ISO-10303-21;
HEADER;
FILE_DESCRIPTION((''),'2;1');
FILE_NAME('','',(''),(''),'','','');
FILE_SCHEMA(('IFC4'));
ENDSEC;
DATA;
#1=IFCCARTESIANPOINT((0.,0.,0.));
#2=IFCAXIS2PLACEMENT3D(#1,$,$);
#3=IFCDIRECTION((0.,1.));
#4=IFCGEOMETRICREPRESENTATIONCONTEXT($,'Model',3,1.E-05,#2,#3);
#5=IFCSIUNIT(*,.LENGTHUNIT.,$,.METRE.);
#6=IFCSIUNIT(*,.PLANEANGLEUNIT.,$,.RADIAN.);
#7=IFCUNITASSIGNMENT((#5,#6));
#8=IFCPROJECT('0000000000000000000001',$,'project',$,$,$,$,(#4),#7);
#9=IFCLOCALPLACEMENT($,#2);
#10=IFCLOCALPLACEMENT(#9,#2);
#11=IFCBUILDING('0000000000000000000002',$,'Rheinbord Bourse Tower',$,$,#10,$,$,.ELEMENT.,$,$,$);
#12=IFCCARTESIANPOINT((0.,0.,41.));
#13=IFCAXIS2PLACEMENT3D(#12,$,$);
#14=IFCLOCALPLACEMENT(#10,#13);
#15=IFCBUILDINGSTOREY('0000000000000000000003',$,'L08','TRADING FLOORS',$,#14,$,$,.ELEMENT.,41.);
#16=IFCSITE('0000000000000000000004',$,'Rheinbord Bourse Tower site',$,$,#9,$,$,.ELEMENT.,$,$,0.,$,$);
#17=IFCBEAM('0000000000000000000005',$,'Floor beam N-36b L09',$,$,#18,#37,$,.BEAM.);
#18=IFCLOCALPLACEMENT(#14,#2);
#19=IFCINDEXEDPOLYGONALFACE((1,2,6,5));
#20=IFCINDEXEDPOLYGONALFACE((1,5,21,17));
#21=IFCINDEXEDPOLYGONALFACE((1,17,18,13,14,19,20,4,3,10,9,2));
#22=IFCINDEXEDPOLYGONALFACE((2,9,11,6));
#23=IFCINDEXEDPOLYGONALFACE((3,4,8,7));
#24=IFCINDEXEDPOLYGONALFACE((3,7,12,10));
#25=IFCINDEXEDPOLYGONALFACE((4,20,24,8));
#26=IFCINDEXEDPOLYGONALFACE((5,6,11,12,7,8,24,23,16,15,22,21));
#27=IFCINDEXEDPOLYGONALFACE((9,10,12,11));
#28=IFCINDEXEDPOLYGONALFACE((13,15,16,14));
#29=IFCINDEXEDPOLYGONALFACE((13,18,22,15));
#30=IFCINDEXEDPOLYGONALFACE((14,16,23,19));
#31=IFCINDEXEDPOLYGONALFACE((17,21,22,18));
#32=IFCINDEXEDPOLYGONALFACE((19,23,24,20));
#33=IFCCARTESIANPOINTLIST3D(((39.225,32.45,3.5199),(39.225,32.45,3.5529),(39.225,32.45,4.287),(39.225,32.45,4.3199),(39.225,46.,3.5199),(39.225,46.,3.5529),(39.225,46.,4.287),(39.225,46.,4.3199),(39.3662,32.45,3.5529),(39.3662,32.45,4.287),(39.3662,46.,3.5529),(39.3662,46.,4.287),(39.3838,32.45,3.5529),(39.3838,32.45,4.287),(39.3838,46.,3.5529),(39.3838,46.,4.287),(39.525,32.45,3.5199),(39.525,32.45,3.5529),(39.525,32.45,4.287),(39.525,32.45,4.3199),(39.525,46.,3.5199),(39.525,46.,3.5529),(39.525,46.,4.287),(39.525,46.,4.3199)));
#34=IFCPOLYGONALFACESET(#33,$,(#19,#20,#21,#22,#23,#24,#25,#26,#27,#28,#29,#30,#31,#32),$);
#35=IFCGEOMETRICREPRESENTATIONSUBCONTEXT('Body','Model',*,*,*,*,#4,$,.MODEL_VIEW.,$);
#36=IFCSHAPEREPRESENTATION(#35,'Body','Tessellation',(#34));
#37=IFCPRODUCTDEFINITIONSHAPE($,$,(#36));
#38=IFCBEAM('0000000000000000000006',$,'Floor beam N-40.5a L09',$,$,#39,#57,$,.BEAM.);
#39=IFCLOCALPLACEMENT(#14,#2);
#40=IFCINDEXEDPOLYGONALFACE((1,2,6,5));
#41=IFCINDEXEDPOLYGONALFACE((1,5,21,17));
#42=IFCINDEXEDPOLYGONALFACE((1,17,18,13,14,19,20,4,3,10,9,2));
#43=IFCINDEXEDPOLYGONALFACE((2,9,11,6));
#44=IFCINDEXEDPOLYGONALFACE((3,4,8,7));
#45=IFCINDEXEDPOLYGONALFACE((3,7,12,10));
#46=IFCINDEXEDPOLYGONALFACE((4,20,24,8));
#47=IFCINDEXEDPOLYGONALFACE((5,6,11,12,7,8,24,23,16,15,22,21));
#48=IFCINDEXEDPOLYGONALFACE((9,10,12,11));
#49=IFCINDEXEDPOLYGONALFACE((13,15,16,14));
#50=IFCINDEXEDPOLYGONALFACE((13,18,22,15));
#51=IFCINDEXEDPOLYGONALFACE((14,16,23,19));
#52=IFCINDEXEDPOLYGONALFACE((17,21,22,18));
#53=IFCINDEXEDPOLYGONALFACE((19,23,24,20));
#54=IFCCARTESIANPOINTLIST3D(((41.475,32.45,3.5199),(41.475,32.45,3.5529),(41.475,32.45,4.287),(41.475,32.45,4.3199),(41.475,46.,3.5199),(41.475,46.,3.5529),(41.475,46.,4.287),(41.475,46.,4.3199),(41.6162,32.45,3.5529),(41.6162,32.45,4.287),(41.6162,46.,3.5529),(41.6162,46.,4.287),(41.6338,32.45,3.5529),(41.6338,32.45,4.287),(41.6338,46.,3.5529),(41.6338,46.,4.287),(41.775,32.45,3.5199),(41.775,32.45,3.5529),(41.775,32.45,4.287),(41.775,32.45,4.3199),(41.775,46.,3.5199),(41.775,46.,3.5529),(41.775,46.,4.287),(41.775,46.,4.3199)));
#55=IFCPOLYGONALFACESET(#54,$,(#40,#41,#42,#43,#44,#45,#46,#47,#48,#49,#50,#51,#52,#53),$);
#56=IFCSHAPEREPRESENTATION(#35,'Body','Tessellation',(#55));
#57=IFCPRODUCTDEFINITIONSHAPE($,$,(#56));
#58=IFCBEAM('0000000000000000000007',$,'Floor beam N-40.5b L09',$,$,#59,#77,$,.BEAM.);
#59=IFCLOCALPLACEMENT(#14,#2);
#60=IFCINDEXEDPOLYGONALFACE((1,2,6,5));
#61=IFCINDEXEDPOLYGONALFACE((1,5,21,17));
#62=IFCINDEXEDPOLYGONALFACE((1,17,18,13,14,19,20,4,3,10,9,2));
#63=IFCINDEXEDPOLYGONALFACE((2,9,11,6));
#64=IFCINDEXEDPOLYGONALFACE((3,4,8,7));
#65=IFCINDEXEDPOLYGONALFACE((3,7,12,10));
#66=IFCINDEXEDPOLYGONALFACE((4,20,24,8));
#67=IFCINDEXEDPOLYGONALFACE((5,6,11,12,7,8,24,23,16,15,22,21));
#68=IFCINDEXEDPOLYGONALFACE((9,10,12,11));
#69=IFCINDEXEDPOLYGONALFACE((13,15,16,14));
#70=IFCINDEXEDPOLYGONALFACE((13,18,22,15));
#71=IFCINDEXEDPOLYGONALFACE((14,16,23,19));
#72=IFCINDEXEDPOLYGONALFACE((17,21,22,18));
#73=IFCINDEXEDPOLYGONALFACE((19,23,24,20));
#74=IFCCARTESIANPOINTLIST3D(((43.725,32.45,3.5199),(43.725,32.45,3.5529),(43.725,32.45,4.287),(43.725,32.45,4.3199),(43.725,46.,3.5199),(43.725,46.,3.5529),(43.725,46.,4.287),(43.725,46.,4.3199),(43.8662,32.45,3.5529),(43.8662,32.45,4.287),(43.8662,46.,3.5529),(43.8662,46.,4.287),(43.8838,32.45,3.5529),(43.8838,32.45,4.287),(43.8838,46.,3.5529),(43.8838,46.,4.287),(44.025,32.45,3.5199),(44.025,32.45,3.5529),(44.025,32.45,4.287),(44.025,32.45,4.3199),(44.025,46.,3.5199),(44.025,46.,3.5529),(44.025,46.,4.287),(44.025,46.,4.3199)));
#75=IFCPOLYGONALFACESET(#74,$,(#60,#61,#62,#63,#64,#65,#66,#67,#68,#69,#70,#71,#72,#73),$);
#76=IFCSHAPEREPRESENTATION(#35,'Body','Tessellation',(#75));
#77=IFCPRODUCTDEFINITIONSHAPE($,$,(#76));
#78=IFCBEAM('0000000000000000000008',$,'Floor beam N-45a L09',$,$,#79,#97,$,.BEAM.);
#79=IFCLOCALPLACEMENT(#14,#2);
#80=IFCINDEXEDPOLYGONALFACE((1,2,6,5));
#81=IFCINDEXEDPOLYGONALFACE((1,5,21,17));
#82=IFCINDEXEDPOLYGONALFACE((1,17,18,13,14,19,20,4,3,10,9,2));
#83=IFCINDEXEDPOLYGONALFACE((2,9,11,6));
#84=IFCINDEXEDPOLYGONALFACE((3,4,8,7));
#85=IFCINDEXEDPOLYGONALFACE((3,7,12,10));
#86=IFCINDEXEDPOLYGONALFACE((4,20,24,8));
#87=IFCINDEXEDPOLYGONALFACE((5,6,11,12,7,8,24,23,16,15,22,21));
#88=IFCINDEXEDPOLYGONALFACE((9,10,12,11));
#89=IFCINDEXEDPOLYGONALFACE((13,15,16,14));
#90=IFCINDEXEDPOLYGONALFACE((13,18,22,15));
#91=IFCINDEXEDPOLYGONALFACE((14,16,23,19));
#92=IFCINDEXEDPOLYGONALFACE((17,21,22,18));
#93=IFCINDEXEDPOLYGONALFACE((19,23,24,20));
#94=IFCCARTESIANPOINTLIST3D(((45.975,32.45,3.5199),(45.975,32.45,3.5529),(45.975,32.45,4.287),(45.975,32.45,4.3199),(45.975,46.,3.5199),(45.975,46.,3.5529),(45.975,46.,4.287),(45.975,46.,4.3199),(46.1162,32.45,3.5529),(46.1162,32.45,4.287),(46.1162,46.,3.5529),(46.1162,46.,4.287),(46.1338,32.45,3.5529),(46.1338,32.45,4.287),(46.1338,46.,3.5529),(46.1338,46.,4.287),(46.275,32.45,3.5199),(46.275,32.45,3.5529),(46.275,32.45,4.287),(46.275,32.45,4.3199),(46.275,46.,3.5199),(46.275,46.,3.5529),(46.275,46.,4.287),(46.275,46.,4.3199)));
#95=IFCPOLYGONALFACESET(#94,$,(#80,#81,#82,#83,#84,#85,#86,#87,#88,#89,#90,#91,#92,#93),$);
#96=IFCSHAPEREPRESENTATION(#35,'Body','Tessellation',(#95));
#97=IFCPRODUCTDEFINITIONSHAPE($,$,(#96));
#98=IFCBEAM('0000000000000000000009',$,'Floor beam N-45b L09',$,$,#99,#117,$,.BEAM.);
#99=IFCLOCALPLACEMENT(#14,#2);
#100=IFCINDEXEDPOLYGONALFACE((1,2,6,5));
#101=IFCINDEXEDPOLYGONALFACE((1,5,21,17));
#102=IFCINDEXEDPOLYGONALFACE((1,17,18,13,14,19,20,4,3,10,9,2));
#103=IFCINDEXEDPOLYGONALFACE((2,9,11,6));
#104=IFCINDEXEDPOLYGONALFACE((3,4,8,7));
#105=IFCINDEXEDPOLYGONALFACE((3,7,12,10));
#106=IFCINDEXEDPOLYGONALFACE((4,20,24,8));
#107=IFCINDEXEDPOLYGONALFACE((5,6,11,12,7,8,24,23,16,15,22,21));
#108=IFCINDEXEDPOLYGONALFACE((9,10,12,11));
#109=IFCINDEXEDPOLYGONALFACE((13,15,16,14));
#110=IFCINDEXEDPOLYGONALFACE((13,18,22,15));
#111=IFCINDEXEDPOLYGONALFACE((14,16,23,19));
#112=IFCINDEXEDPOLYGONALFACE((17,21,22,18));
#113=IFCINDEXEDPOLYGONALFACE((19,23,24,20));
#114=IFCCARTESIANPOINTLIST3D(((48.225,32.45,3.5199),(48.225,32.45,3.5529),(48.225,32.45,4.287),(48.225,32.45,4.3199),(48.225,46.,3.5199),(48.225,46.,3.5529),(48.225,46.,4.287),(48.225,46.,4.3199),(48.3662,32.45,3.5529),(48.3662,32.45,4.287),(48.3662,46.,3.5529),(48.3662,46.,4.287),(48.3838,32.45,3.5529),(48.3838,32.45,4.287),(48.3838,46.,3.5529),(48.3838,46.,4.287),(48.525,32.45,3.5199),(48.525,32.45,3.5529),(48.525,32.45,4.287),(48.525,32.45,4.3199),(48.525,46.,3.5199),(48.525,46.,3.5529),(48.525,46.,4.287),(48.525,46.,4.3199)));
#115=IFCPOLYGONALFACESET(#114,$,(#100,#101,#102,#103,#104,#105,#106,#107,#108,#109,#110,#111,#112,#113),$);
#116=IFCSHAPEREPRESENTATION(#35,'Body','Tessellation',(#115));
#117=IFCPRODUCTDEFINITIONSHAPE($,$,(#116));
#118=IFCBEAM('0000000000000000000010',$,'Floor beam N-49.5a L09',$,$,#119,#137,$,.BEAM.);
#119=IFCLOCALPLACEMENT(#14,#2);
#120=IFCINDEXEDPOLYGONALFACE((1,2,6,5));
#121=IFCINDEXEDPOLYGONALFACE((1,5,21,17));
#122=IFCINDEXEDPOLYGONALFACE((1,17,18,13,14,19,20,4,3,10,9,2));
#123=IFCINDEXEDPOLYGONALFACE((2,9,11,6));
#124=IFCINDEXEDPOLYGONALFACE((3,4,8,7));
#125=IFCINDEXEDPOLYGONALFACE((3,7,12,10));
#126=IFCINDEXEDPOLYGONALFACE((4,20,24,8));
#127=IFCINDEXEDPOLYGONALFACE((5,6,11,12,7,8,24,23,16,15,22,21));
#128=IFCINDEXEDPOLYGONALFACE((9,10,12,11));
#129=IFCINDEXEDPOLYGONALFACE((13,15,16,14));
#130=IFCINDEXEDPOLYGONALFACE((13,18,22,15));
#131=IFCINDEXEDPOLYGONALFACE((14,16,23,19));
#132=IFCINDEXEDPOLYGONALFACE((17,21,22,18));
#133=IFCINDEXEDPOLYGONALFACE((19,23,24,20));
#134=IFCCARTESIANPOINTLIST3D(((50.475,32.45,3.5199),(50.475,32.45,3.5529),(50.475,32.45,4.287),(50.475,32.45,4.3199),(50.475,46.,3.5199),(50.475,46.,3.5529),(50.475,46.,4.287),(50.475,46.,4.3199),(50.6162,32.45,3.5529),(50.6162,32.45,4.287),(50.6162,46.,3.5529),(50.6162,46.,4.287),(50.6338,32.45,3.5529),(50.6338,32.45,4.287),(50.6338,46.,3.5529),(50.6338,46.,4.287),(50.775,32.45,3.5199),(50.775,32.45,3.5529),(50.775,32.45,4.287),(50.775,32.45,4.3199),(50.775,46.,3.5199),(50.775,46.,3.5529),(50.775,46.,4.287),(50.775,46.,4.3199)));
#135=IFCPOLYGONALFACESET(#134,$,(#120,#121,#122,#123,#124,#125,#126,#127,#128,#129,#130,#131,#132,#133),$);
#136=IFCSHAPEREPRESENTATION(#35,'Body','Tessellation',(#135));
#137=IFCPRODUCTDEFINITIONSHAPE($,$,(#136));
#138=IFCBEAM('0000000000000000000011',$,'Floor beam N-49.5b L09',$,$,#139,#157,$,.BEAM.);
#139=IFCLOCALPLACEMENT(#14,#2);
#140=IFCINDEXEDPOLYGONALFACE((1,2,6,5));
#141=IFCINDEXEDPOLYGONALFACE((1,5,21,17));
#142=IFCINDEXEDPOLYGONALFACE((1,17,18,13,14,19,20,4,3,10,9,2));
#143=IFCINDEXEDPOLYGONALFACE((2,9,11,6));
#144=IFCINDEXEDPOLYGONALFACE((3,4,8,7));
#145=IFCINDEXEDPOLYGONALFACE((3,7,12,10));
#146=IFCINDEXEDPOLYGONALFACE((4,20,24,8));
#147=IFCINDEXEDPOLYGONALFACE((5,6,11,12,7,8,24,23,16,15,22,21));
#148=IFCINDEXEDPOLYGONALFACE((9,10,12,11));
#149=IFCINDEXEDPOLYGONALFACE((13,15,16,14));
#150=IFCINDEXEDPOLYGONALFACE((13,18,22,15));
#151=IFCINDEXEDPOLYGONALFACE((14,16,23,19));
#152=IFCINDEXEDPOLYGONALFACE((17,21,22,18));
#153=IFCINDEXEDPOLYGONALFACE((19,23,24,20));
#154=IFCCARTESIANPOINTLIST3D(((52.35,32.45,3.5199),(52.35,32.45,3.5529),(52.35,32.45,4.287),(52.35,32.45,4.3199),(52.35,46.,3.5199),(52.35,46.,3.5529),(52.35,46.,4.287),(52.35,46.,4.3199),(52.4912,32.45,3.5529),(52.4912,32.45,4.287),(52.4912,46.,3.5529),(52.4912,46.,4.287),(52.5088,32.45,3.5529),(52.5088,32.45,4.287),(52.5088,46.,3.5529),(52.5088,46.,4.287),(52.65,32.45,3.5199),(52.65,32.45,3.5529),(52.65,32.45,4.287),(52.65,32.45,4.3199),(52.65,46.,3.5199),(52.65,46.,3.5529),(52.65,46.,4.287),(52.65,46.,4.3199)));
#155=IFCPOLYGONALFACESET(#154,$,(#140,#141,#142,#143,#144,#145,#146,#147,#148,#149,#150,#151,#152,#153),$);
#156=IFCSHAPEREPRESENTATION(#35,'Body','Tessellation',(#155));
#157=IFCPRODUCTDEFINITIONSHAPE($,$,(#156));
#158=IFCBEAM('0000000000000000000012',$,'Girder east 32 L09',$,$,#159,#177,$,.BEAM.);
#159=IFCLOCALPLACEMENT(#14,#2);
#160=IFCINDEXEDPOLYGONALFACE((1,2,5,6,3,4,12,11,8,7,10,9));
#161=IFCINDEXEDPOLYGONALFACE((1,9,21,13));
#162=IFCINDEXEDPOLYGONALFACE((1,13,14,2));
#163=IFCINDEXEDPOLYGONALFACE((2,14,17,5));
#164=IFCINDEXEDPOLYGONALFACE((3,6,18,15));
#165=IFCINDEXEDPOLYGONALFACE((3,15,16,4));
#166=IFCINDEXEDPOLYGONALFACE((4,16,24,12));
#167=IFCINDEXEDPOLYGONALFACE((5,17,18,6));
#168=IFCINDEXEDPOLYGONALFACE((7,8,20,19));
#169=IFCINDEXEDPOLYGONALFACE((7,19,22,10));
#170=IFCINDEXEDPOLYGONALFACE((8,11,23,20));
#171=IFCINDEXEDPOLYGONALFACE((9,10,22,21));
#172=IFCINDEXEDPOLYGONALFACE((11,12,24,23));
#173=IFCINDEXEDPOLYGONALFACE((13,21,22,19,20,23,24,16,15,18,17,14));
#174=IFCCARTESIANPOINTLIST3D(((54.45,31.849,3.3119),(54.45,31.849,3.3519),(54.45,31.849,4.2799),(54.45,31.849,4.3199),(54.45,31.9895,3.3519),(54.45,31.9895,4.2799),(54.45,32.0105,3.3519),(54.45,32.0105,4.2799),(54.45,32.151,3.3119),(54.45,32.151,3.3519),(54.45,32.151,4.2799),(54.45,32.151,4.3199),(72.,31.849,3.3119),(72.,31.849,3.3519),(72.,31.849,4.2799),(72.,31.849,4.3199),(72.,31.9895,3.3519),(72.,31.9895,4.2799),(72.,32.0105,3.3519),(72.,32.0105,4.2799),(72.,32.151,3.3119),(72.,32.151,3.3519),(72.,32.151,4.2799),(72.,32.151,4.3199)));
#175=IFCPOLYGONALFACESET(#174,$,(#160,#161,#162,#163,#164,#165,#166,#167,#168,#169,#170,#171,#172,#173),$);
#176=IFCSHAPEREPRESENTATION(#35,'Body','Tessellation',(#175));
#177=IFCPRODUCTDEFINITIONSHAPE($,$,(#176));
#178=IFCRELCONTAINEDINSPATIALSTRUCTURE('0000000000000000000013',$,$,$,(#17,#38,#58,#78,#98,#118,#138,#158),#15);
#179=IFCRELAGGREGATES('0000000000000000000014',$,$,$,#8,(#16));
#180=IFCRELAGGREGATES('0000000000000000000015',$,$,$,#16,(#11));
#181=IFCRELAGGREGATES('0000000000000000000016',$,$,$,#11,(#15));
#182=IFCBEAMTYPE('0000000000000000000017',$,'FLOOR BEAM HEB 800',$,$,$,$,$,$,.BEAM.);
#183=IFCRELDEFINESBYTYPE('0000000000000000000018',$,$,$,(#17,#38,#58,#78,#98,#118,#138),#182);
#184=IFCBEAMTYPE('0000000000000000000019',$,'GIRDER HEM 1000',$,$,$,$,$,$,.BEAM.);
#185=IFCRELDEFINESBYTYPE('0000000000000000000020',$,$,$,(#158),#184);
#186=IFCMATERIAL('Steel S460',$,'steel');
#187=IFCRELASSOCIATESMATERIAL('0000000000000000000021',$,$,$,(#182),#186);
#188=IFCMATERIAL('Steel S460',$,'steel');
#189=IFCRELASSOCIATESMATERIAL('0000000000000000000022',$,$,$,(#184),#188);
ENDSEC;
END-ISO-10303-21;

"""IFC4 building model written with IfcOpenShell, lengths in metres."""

from ifc_helpers import new_model, si_unit, direction, frame, origin, origin_2d, place, context, subcontext, project, spatial, i_section, extrude, material, material_profile, profile_set, type_object, element, save


model = new_model("IFC4")

# Units and contexts
model_context = context("Model", 3, precision=1e-05, world=origin(), true_north=direction((0.0, 1.0)))
body_context = subcontext(model_context, "Body", "Model", "MODEL_VIEW")
ifc_project = project(units=[si_unit("LENGTHUNIT", "METRE"), si_unit("PLANEANGLEUNIT", "RADIAN")], contexts=[model_context])

# Site, building, storey
site_placement = place(None, origin())
site = spatial("IfcSite", under=ifc_project, at=site_placement, Name="Rheinbord Bourse Tower site", CompositionType="ELEMENT", RefElevation=0.0)
building_placement = place(site_placement, origin())
building = spatial("IfcBuilding", under=site, at=building_placement, Name="Rheinbord Bourse Tower", CompositionType="ELEMENT")
storey_placement = place(building_placement, frame((0.0, 0.0, 41.0)))
storey = spatial("IfcBuildingStorey", under=building, at=storey_placement, Name="L08", Description="TRADING FLOORS", CompositionType="ELEMENT", Elevation=41.0)

# Beams
ifc_material_1 = material(Name="Steel S460", Category="steel")
ifc_material_profile_1 = material_profile(ifc_material_1, i_section(OverallWidth=0.3, OverallDepth=0.8, WebThickness=0.0176, FlangeThickness=0.033, at=origin_2d()), Name="HEB 800")
ifc_profile_set_1 = profile_set([ifc_material_profile_1], Name="Steel S460")
beam_type_1 = type_object("IfcBeamType", Name="FLOOR BEAM HEB 800", PredefinedType="BEAM", material=ifc_profile_set_1)
for number, where, z_axis, x_axis, name in (
    (1, (39.375, 46.0, 3.9199), (0.0, -1.0, 0.0), (1.0, 0.0, 0.0), "Floor beam N-36b L09"),
    (2, (41.625, 46.0, 3.9199), (0.0, -1.0, 0.0), (1.0, 0.0, 0.0), "Floor beam N-40.5a L09"),
    (3, (43.875, 46.0, 3.9199), (0.0, -1.0, 0.0), (1.0, 0.0, 0.0), "Floor beam N-40.5b L09"),
    (4, (46.125, 46.0, 3.9199), (0.0, -1.0, 0.0), (1.0, 0.0, 0.0), "Floor beam N-45a L09"),
    (5, (48.375, 46.0, 3.9199), (0.0, -1.0, 0.0), (1.0, 0.0, 0.0), "Floor beam N-45b L09"),
    (6, (50.625, 46.0, 3.9199), (0.0, -1.0, 0.0), (1.0, 0.0, 0.0), "Floor beam N-49.5a L09"),
    (7, (52.5, 46.0, 3.9199), (0.0, -1.0, 0.0), (1.0, 0.0, 0.0), "Floor beam N-49.5b L09"),
):
    element("IfcBeam", number, at=place(storey_placement, frame(where, z_axis=z_axis, x_axis=x_axis)), inside=storey, type_object=beam_type_1, Name=name, PredefinedType="BEAM", context=body_context, shape_type="SweptSolid", body=[
        extrude(i_section(OverallWidth=0.3, OverallDepth=0.8, WebThickness=0.0176, FlangeThickness=0.033, at=origin_2d()), origin(), (0.0, 0.0, 1.0), 13.55),
    ])
ifc_material_2 = material(Name="Steel S460", Category="steel")
ifc_material_profile_2 = material_profile(ifc_material_2, i_section(OverallWidth=0.302, OverallDepth=1.0081, WebThickness=0.021, FlangeThickness=0.04, at=origin_2d()), Name="HEM 1000")
ifc_profile_set_2 = profile_set([ifc_material_profile_2], Name="Steel S460")
beam_type_2 = type_object("IfcBeamType", Name="GIRDER HEM 1000", PredefinedType="BEAM", material=ifc_profile_set_2)
beam_placement = place(storey_placement, frame((54.45, 32.0, 3.8159), z_axis=(1.0, 0.0, 0.0), x_axis=(0.0, 1.0, 0.0)))
element("IfcBeam", 8, at=beam_placement, inside=storey, type_object=beam_type_2, Name="Girder east 32 L09", PredefinedType="BEAM", context=body_context, shape_type="SweptSolid", body=[
    extrude(i_section(OverallWidth=0.302, OverallDepth=1.0081, WebThickness=0.021, FlangeThickness=0.04, at=origin_2d()), origin(), (0.0, 0.0, 1.0), 17.55),
])

save(model, "model.ifc")
